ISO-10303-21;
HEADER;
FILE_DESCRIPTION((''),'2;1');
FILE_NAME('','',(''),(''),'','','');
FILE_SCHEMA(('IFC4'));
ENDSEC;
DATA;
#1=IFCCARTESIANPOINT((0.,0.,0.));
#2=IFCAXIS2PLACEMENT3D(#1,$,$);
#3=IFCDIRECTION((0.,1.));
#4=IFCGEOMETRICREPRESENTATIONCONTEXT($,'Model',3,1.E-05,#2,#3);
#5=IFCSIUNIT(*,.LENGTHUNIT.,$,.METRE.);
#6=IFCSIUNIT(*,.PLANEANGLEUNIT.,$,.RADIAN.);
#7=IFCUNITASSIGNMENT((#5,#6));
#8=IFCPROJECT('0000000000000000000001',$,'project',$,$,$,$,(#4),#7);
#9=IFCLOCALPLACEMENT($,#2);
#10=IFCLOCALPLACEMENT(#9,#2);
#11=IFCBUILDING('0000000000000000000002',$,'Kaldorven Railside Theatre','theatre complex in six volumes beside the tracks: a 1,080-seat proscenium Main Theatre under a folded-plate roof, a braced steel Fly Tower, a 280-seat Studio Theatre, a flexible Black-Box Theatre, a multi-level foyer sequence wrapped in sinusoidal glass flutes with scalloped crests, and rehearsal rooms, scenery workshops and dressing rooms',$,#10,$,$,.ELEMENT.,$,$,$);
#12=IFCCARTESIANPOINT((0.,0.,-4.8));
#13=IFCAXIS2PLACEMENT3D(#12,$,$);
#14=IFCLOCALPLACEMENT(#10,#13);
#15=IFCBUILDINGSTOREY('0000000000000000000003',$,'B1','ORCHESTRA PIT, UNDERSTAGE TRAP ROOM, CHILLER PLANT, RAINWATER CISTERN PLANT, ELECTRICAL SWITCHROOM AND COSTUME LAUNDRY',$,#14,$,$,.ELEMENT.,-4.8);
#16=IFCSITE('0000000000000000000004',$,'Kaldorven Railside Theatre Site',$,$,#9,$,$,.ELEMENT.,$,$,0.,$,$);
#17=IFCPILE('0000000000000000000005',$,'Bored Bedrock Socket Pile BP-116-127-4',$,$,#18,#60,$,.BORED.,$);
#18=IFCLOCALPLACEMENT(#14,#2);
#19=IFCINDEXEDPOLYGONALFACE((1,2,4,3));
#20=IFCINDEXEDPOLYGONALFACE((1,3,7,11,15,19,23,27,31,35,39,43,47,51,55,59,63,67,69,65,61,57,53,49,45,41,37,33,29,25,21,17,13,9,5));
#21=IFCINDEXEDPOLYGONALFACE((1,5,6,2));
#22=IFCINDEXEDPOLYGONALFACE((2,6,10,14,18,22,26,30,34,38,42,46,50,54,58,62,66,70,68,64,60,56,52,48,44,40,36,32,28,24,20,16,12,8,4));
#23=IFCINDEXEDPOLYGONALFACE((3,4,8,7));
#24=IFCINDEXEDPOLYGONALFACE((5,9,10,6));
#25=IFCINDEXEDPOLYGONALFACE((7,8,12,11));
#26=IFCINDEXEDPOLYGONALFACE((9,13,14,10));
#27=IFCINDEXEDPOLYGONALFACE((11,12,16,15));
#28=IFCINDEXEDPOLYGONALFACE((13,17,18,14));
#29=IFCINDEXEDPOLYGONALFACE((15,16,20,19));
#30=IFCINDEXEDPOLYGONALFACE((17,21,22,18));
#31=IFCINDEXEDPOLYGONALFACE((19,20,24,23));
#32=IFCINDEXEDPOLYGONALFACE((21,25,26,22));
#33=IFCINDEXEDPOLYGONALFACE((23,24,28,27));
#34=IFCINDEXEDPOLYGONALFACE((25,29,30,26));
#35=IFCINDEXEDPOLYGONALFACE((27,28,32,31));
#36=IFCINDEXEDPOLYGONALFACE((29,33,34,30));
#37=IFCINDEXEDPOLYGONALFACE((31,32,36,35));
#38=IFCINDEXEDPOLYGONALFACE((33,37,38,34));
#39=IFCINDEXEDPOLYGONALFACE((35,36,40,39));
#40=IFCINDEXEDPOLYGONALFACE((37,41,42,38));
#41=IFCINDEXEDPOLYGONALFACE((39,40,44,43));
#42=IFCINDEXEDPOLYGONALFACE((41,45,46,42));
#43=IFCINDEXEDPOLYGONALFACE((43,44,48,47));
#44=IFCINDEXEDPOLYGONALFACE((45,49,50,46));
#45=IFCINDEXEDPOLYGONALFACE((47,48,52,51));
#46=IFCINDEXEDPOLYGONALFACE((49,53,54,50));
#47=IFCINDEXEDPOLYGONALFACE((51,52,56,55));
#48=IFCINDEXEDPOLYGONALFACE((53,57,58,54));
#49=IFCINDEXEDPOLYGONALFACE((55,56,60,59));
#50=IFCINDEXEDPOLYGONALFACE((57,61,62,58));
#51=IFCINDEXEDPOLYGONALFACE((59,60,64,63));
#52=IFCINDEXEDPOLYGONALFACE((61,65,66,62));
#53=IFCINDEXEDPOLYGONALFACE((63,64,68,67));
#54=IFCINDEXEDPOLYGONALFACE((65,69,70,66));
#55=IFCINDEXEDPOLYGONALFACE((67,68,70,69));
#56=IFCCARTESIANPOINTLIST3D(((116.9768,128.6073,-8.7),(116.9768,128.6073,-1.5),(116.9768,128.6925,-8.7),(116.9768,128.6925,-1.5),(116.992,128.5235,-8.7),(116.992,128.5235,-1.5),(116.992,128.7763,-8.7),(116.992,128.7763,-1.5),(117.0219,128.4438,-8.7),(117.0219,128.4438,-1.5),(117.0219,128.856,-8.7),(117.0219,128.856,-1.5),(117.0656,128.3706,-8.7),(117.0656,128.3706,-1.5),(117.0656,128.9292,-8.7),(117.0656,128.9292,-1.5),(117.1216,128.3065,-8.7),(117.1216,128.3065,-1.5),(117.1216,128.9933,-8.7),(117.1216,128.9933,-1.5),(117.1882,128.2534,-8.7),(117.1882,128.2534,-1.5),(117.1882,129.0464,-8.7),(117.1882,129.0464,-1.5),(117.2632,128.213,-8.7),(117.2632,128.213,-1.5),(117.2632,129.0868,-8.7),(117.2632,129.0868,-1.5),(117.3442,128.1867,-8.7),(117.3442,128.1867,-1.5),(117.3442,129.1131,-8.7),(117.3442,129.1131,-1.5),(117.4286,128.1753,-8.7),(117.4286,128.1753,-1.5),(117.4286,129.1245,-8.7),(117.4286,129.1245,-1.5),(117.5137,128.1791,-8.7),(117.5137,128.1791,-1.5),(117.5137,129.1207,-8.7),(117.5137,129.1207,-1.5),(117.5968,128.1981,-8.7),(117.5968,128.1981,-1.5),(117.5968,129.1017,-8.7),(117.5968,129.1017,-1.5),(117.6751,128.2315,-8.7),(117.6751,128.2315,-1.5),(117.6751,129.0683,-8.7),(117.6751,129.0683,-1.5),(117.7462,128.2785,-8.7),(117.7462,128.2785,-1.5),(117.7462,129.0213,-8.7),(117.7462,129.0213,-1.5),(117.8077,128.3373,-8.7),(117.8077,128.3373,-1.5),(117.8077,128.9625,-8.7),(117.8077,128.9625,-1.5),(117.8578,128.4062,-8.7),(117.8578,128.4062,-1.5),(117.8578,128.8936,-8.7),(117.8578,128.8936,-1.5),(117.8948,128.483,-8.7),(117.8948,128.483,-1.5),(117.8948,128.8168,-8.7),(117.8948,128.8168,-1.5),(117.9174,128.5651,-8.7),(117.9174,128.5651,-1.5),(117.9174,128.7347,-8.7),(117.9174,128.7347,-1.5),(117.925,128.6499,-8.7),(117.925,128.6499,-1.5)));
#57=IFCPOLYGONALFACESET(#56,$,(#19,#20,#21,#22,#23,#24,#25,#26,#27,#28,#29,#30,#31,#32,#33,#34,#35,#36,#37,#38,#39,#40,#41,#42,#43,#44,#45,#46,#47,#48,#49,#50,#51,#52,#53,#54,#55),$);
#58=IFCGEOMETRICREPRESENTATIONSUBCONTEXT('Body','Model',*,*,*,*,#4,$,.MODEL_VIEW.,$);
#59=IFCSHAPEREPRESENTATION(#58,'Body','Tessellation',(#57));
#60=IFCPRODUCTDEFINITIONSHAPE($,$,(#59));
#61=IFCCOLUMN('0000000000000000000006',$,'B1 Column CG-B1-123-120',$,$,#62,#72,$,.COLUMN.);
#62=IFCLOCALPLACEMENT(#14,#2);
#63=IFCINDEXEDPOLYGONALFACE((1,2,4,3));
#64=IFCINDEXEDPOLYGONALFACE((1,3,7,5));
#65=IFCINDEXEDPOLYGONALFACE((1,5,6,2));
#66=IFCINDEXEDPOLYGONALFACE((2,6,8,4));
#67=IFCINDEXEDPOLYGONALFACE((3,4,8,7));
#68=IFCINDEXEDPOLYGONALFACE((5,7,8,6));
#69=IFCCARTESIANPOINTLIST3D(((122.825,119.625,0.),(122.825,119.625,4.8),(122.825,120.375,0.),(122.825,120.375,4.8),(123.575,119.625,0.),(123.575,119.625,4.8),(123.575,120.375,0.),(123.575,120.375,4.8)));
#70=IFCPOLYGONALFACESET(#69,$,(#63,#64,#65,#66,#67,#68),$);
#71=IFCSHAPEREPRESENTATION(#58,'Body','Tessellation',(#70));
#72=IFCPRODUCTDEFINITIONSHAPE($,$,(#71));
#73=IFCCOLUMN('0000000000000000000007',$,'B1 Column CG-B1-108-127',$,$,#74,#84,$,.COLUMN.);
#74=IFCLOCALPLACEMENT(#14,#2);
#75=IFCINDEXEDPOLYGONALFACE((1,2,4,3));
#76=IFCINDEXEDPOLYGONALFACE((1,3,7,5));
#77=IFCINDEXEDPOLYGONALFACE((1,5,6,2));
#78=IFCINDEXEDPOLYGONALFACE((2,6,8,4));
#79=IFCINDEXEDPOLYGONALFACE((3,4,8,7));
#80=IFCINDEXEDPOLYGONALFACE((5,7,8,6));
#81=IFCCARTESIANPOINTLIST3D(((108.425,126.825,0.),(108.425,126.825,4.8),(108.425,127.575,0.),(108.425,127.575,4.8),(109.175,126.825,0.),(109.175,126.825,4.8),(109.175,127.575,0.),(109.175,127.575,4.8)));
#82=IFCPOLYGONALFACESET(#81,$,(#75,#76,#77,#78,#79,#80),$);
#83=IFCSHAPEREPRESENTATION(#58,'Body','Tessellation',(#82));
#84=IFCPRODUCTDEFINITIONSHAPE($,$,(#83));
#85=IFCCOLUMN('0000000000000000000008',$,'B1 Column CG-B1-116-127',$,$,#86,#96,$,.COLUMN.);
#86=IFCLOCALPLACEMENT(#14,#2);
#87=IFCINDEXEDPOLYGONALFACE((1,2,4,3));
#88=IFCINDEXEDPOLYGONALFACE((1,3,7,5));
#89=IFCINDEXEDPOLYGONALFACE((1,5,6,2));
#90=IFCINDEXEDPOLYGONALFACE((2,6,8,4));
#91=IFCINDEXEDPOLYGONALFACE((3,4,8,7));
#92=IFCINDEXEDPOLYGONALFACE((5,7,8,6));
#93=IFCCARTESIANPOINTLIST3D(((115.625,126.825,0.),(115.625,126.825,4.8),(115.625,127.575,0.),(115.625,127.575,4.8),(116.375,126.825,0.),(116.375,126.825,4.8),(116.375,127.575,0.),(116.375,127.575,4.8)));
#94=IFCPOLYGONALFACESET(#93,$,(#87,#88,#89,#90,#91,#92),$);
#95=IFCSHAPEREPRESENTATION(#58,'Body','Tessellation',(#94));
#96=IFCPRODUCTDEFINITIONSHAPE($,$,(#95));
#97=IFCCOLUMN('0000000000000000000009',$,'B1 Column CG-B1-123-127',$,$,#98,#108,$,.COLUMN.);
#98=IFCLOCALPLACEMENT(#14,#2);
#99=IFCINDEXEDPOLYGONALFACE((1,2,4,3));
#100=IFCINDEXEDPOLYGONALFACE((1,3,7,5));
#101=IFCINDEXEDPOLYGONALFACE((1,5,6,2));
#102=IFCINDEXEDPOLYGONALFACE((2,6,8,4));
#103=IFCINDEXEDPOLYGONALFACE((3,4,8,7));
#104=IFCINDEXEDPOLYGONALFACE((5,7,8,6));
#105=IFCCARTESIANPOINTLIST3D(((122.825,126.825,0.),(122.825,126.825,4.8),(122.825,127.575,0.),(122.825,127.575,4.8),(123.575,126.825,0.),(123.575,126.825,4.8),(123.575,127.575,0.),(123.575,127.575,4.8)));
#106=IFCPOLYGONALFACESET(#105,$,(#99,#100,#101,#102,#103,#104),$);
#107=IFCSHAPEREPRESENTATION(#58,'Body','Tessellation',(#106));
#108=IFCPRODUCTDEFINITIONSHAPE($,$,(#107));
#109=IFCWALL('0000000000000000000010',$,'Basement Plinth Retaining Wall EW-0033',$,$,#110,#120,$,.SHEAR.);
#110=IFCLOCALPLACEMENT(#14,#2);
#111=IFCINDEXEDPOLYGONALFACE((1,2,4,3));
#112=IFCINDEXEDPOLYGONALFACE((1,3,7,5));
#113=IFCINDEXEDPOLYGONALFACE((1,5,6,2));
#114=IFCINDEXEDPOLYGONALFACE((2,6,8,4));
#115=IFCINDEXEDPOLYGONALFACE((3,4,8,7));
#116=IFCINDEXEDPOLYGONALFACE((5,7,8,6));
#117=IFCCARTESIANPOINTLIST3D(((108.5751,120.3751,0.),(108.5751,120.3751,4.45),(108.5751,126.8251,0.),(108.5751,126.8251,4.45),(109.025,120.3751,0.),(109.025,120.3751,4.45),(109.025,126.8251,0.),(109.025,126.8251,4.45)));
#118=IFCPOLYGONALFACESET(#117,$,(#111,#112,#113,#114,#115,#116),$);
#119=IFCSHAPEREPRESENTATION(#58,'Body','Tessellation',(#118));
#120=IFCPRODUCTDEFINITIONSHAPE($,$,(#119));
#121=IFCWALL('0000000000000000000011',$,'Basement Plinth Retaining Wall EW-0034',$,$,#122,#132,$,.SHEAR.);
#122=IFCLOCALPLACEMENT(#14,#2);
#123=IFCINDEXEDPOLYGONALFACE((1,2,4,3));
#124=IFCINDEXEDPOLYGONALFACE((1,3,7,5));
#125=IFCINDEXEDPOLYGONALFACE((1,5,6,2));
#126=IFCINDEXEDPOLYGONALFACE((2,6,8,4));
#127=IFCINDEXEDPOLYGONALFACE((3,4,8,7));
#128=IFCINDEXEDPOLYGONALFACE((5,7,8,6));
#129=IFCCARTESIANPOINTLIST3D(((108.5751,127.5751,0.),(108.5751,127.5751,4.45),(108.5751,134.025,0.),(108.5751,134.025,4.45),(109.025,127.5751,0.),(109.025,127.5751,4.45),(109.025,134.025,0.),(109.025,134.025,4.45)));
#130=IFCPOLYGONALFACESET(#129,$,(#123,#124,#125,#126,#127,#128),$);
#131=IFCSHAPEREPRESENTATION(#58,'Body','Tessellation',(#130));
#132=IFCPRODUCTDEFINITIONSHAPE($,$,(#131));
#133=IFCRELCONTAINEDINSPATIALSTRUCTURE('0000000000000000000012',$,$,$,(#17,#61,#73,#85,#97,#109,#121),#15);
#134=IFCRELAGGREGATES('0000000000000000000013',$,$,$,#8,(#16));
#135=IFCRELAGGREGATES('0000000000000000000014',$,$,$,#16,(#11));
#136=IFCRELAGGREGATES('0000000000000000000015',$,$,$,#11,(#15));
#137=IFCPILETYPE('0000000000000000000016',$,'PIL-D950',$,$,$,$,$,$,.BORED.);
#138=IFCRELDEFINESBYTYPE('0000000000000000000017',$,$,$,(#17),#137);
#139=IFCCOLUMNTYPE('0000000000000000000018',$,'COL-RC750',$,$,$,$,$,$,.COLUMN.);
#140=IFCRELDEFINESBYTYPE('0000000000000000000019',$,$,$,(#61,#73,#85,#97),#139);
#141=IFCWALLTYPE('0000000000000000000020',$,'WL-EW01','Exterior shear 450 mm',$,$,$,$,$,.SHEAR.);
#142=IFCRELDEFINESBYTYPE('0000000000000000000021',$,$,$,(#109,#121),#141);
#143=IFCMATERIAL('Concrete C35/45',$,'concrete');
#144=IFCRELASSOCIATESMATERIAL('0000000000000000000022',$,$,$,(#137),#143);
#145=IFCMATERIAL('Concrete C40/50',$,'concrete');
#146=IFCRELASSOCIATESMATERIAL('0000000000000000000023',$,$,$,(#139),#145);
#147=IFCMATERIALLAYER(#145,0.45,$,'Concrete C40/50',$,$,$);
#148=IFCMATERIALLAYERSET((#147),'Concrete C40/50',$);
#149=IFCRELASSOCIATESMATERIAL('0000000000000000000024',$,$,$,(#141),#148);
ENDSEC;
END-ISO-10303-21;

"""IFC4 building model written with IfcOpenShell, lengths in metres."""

from ifc_helpers import new_model, si_unit, direction, frame, frame_2d, origin, origin_2d, place, context, subcontext, project, spatial, rectangle, circle, extrude, material, layer, layer_set, material_profile, profile_set, type_object, element, save


model = new_model("IFC4")

# Units and contexts
model_context = context("Model", 3, precision=1e-05, world=origin(), true_north=direction((0.0, 1.0)))
body_context = subcontext(model_context, "Body", "Model", "MODEL_VIEW")
ifc_project = project(units=[si_unit("LENGTHUNIT", "METRE"), si_unit("PLANEANGLEUNIT", "RADIAN")], contexts=[model_context])

# Site, building, storey
site_placement = place(None, origin())
site = spatial("IfcSite", under=ifc_project, at=site_placement, Name="Kaldorven Railside Theatre Site", CompositionType="ELEMENT", RefElevation=0.0)
building_placement = place(site_placement, origin())
building = spatial("IfcBuilding", under=site, at=building_placement, Name="Kaldorven Railside Theatre", Description="theatre complex in six volumes beside the tracks: a 1,080-seat proscenium Main Theatre under a folded-plate roof, a braced steel Fly Tower, a 280-seat Studio Theatre, a flexible Black-Box Theatre, a multi-level foyer sequence wrapped in sinusoidal glass flutes with scalloped crests, and rehearsal rooms, scenery workshops and dressing rooms", CompositionType="ELEMENT")
storey_placement = place(building_placement, frame((0.0, 0.0, -4.8)))
storey = spatial("IfcBuildingStorey", under=building, at=storey_placement, Name="B1", Description="ORCHESTRA PIT, UNDERSTAGE TRAP ROOM, CHILLER PLANT, RAINWATER CISTERN PLANT, ELECTRICAL SWITCHROOM AND COSTUME LAUNDRY", CompositionType="ELEMENT", Elevation=-4.8)

# Shared definitions
ifc_material_1 = material(Name="Concrete C40/50", Category="concrete")

# Pile
ifc_material_2 = material(Name="Concrete C35/45", Category="concrete")
ifc_material_profile_1 = material_profile(ifc_material_2, circle(Radius=0.4751, at=origin_2d()), Name="BP D950")
ifc_profile_set_1 = profile_set([ifc_material_profile_1], Name="Concrete C35/45")
pile_type_1 = type_object("IfcPileType", Name="PIL-D950", PredefinedType="BORED", material=ifc_profile_set_1)
for number, where, z_axis, x_axis, name in (
    (1, (117.45, 128.6499, -1.5), (0.0, 0.0, -1.0), (1.0, 0.0, 0.0), "Bored Bedrock Socket Pile BP-116-127-4"),
):
    element("IfcPile", number, at=place(storey_placement, frame(where, z_axis=z_axis, x_axis=x_axis)), inside=storey, type_object=pile_type_1, Name=name, PredefinedType="BORED", context=body_context, shape_type="SweptSolid", body=[
        extrude(circle(Radius=0.4751, at=origin_2d()), origin(), (0.0, 0.0, 1.0), 7.2),
    ])

# Columns
ifc_material_profile_2 = material_profile(ifc_material_1, rectangle(XDim=0.75, YDim=0.75, at=origin_2d()), Name="RC 750x750")
ifc_profile_set_2 = profile_set([ifc_material_profile_2], Name="Concrete C40/50")
column_type = type_object("IfcColumnType", Name="COL-RC750", PredefinedType="COLUMN", material=ifc_profile_set_2)
for number, where, z_axis, x_axis, name in (
    (2, (123.2, 120.0, 0.0), (0.0, 0.0, 1.0), (0.0, 1.0, 0.0), "B1 Column CG-B1-123-120"),
    (3, (108.8, 127.2, 0.0), (0.0, 0.0, 1.0), (1.0, 0.0, 0.0), "B1 Column CG-B1-108-127"),
    (4, (116.0, 127.2, 0.0), (0.0, 0.0, 1.0), (0.0, 1.0, 0.0), "B1 Column CG-B1-116-127"),
    (5, (123.2, 127.2, 0.0), (0.0, 0.0, 1.0), (1.0, 0.0, 0.0), "B1 Column CG-B1-123-127"),
):
    element("IfcColumn", number, at=place(storey_placement, frame(where, z_axis=z_axis, x_axis=x_axis)), inside=storey, type_object=column_type, Name=name, PredefinedType="COLUMN", context=body_context, shape_type="SweptSolid", body=[
        extrude(rectangle(XDim=0.75, YDim=0.75, at=origin_2d()), origin(), (0.0, 0.0, 1.0), 4.8),
    ])

# Walls
ifc_layer = layer(ifc_material_1, 0.45, Name="Concrete C40/50")
ifc_layer_set = layer_set([ifc_layer], Name="Concrete C40/50")
wall_type = type_object("IfcWallType", Name="WL-EW01", Description="Exterior shear 450 mm", PredefinedType="SHEAR", material=ifc_layer_set)
for number, where, z_axis, x_axis, name in (
    (6, (108.8, 120.375, 0.0), (0.0, 0.0, 1.0), (0.0, 1.0, 0.0), "Basement Plinth Retaining Wall EW-0033"),
    (7, (108.8, 127.575, 0.0), (0.0, 0.0, 1.0), (0.0, 1.0, 0.0), "Basement Plinth Retaining Wall EW-0034"),
):
    element("IfcWall", number, at=place(storey_placement, frame(where, z_axis=z_axis, x_axis=x_axis)), inside=storey, type_object=wall_type, Name=name, PredefinedType="SHEAR", context=body_context, shape_type="SweptSolid", body=[
        extrude(rectangle(XDim=6.45, YDim=0.45, at=frame_2d((3.2251, 0.0))), origin(), (0.0, 0.0, 1.0), 4.45),
    ])

save(model, "model.ifc")
